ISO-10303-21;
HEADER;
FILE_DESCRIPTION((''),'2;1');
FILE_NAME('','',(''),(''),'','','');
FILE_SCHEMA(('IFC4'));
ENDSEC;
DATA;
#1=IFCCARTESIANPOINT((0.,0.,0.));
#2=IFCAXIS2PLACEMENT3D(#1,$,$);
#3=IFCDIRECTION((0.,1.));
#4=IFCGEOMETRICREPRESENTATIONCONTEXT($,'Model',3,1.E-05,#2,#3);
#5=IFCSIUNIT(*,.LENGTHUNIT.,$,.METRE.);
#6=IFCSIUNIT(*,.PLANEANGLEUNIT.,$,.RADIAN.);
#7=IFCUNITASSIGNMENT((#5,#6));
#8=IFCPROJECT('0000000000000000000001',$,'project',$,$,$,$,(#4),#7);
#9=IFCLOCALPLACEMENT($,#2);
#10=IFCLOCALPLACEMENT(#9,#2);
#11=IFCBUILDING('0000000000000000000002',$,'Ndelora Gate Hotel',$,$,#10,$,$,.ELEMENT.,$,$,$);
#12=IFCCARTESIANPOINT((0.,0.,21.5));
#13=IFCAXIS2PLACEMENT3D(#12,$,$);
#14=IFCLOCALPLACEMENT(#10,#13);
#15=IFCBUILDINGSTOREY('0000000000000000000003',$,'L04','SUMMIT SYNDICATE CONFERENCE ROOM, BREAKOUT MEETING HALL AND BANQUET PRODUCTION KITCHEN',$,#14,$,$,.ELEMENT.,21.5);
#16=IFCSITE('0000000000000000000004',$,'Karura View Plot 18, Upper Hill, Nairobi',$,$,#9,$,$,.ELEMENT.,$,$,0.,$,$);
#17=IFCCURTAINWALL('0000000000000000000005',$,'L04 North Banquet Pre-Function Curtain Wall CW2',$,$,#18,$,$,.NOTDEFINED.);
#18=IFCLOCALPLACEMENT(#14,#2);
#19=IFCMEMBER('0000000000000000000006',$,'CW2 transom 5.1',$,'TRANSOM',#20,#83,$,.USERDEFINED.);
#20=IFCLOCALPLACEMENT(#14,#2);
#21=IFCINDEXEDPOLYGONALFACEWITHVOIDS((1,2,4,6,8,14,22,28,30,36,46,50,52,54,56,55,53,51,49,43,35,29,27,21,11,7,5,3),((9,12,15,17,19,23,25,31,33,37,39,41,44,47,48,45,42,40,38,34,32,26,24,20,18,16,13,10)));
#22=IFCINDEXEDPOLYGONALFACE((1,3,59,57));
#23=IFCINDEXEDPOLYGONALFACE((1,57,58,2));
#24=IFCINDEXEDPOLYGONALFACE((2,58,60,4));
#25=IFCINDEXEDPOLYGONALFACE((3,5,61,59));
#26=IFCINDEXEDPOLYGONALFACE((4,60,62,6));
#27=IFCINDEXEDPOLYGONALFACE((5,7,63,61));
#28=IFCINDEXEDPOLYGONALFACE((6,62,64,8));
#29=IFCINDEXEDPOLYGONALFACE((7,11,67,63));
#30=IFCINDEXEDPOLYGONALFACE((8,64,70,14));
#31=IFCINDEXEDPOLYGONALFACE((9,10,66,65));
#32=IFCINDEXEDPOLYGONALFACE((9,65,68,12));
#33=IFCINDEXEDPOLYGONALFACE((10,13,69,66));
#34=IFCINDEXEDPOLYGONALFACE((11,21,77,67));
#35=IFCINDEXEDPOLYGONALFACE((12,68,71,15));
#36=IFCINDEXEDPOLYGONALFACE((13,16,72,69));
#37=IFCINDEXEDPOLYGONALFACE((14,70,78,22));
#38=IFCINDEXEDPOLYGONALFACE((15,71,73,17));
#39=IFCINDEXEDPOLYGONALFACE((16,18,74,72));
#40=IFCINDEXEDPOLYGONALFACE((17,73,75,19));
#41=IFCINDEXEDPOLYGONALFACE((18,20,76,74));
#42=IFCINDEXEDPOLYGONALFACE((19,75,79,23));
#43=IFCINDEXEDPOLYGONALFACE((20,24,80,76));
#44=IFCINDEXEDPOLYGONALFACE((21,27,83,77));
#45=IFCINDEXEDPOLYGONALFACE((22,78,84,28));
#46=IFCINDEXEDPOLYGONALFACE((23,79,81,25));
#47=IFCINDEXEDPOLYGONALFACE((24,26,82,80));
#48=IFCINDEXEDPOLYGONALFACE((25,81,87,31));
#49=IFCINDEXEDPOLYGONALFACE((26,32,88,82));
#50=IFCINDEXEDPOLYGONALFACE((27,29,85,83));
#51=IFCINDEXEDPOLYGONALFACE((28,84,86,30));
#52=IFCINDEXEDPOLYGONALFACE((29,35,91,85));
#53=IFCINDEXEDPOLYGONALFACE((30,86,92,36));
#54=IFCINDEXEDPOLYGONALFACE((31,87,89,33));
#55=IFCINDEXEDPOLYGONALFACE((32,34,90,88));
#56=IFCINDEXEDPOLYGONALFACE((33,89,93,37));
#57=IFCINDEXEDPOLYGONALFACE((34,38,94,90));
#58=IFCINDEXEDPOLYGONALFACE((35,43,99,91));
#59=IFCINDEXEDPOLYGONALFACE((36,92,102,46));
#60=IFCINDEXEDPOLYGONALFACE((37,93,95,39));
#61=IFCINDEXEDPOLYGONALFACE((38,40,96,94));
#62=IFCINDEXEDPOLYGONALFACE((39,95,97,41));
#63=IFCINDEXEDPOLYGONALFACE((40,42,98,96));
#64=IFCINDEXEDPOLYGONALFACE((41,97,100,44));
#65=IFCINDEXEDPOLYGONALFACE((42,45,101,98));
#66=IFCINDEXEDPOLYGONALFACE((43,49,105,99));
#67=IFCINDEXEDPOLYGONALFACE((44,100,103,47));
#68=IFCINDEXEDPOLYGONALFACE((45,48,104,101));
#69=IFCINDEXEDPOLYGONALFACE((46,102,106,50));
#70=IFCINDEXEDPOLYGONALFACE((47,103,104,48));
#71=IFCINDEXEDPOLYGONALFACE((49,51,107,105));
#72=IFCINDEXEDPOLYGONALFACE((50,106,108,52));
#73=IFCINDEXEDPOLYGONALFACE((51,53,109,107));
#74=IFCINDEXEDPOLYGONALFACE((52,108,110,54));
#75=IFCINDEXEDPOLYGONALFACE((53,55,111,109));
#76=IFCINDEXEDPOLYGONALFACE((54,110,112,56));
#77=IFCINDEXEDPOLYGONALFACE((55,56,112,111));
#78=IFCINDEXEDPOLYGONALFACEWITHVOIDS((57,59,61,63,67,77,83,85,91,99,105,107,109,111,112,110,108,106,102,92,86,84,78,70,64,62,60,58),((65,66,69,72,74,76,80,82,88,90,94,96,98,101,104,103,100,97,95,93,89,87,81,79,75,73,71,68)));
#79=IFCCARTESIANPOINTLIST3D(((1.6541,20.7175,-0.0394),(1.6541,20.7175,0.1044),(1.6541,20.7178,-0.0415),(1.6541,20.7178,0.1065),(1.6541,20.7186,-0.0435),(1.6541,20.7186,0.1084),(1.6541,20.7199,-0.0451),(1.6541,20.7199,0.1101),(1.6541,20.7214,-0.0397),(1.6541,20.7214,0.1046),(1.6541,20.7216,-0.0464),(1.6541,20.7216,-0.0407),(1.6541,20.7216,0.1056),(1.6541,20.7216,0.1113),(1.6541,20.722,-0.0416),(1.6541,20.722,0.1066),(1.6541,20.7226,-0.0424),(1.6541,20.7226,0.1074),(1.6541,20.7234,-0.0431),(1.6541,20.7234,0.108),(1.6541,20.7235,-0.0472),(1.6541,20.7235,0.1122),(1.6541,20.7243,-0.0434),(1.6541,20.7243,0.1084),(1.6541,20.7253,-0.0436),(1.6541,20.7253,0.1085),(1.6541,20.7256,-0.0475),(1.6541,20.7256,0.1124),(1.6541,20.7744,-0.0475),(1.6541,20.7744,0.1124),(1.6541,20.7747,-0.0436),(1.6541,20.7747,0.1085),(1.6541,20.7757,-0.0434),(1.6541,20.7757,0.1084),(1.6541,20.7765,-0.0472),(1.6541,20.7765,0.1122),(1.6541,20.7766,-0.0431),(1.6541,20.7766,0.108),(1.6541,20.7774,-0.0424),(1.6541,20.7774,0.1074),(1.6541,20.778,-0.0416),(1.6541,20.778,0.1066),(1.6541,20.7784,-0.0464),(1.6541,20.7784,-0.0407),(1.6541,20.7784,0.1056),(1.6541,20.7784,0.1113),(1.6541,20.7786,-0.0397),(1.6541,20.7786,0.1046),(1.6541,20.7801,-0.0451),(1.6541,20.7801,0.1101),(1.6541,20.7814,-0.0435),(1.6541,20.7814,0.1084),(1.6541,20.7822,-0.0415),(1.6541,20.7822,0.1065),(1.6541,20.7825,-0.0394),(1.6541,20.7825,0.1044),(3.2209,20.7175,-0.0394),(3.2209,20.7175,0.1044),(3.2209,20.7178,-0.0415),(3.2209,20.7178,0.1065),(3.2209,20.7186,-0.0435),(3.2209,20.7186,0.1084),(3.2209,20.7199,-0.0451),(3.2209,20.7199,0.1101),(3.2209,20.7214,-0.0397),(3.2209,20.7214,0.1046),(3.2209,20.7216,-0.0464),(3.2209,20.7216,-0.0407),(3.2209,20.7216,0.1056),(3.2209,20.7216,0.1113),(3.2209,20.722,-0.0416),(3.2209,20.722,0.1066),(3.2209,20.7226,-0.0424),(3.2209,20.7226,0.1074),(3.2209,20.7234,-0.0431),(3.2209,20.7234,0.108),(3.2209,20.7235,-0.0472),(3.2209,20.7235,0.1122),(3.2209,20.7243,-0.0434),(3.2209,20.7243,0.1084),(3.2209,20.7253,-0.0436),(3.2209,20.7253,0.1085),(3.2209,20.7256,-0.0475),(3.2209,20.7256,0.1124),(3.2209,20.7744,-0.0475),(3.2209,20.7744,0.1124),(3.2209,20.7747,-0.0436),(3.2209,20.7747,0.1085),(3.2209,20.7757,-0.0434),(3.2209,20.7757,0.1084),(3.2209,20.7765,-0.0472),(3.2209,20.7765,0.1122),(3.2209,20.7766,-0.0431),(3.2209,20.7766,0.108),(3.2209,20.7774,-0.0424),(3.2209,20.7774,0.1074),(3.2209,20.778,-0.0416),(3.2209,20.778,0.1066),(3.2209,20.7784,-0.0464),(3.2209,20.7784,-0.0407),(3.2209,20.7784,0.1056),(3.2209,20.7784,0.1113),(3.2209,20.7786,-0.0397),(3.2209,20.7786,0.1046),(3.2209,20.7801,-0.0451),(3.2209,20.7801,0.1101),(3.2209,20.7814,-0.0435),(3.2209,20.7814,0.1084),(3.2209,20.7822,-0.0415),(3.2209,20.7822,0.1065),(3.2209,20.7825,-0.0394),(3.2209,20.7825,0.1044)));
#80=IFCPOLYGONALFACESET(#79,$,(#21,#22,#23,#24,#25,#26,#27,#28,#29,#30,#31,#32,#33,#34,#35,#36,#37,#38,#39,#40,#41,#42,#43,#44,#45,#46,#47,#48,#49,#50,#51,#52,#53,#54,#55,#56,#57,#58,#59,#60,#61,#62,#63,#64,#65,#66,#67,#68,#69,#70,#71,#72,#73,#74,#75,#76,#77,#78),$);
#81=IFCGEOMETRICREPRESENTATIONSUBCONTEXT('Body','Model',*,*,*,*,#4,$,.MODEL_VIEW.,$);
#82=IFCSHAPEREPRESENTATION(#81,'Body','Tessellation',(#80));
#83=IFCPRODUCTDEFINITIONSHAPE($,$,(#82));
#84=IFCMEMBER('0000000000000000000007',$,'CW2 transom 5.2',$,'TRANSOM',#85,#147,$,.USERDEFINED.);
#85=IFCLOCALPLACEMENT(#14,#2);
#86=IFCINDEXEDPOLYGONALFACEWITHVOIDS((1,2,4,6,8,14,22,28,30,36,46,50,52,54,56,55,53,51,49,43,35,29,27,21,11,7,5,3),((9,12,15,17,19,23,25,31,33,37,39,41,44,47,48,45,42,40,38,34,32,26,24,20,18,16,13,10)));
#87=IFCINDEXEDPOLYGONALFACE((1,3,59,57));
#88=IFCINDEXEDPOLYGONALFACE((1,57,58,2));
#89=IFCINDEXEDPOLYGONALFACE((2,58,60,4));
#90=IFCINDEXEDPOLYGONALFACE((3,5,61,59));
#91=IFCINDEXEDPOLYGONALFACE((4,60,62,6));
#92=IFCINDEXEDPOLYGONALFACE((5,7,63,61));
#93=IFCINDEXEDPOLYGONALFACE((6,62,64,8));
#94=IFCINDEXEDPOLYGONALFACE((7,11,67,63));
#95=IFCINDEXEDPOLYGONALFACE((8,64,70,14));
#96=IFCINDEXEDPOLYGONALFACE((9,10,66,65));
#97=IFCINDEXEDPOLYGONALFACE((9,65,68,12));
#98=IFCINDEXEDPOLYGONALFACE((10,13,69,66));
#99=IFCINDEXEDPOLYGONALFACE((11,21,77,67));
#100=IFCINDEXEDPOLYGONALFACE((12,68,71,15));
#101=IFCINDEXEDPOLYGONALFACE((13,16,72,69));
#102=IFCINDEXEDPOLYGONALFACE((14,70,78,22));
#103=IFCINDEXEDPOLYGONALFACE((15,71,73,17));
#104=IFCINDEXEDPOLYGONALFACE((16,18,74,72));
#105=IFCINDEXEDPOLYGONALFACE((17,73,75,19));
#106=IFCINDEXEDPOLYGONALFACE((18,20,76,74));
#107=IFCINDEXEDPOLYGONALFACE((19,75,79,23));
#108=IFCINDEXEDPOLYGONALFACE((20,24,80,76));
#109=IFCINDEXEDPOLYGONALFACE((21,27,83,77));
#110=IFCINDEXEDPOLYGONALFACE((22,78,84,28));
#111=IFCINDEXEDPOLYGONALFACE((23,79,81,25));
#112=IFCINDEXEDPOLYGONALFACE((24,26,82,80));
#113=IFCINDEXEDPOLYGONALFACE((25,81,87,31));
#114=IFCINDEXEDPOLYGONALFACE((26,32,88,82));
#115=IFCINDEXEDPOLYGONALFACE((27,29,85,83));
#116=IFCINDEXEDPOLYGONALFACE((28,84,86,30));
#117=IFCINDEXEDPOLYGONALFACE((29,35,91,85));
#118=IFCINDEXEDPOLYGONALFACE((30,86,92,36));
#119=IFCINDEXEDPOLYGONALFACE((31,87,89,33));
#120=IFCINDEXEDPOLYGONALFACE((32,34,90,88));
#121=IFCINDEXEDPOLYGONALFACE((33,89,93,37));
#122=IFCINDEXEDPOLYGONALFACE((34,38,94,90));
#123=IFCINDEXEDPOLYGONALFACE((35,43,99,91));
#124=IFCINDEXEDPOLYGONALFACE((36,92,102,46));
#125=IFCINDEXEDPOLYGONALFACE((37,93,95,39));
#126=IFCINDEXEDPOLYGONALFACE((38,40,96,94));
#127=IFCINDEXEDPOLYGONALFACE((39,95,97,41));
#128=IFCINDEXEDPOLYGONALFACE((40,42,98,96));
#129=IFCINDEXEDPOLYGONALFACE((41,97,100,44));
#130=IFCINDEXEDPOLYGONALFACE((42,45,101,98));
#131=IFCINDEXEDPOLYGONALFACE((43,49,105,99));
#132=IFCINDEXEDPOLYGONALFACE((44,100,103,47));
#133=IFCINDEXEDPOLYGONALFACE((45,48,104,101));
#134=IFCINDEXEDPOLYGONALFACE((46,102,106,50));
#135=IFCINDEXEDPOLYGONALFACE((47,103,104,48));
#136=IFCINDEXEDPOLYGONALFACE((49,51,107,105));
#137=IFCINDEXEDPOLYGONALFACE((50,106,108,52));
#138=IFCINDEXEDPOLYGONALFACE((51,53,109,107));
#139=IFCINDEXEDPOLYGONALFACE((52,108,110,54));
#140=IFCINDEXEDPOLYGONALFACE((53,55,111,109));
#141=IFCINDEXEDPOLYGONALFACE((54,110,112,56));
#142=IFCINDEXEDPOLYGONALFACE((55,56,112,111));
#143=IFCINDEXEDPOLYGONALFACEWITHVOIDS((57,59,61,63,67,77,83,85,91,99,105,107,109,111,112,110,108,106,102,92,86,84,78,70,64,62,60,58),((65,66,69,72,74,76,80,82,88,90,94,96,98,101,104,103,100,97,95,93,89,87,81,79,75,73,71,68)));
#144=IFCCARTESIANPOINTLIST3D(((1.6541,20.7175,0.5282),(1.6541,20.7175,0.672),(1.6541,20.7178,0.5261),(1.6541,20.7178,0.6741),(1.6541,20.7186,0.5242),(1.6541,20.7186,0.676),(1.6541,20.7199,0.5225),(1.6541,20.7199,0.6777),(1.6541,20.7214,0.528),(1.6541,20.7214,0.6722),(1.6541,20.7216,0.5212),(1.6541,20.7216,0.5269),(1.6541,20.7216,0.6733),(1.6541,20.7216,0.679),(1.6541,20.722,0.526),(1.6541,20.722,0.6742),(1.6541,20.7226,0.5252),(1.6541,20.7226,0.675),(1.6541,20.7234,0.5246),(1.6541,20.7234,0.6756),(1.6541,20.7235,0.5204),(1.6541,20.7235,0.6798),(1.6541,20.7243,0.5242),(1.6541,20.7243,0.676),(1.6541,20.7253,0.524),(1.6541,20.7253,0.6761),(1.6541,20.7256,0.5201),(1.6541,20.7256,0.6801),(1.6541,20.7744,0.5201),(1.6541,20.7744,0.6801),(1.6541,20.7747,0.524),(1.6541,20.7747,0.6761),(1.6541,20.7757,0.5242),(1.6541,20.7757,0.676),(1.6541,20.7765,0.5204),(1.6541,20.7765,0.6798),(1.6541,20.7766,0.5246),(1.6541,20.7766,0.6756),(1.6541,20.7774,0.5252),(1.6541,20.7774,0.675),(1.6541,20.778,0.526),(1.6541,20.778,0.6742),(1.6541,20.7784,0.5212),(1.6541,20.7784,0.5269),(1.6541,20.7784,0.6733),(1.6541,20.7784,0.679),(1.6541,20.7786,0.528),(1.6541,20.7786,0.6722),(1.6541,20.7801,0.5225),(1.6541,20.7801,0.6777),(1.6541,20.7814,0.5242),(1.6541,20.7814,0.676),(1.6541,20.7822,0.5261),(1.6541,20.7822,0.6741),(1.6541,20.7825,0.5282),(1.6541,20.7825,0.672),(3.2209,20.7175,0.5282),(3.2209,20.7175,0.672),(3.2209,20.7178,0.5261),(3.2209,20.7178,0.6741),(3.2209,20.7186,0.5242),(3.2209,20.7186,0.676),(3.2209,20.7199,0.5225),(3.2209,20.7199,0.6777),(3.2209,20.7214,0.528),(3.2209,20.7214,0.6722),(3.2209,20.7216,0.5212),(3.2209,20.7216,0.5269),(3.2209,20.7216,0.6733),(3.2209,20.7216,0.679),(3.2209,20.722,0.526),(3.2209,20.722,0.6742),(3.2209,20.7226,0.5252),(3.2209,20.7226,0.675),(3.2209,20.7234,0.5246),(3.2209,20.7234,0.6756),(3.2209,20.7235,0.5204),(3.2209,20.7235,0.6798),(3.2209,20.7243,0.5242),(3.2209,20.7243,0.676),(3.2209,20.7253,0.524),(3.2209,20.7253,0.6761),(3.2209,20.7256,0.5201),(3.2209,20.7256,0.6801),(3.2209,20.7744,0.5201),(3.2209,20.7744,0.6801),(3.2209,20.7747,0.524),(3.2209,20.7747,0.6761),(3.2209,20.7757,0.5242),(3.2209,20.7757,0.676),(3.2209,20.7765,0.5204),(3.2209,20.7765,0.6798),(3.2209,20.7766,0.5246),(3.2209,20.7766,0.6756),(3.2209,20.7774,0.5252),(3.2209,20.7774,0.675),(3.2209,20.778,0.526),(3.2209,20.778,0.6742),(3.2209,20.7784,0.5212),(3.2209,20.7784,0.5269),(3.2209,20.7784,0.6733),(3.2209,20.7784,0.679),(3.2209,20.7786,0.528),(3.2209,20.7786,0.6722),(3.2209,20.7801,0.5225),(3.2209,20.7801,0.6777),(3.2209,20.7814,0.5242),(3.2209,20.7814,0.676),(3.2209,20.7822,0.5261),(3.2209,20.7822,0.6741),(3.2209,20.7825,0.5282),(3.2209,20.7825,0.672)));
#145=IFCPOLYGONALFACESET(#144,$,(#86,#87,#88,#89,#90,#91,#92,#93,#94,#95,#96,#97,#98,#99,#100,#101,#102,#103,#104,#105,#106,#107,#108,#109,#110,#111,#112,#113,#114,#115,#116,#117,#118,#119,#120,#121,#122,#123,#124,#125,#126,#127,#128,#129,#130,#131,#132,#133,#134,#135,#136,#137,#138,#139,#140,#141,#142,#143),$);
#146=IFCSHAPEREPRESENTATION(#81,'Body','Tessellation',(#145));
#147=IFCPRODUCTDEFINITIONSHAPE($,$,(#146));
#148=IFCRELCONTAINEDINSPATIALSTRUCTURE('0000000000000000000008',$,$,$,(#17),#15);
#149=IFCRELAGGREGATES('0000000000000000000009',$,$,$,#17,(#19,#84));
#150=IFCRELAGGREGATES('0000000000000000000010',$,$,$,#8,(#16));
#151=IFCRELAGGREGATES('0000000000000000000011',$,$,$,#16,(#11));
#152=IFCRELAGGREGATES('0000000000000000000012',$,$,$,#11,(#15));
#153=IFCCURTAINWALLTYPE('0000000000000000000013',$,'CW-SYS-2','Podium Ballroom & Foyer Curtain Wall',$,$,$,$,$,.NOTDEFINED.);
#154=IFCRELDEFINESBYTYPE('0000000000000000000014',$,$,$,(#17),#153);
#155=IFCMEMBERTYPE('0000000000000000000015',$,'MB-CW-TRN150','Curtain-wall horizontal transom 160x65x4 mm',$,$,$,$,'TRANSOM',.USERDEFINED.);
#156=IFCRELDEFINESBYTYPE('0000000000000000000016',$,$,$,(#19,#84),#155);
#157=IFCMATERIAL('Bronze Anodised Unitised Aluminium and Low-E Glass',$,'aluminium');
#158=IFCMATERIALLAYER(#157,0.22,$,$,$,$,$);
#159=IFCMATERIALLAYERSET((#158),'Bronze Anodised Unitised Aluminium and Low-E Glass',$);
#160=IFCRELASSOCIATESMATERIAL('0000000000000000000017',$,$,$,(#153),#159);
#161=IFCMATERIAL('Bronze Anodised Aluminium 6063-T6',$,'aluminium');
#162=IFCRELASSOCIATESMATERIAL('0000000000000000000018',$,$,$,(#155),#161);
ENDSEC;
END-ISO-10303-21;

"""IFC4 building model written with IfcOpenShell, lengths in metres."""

from ifc_helpers import new_model, si_unit, direction, frame, origin, origin_2d, place, context, subcontext, project, spatial, hollow_rectangle, extrude, material, layer, layer_set, material_profile, profile_set, type_object, element, aggregate, save


model = new_model("IFC4")

# Units and contexts
model_context = context("Model", 3, precision=1e-05, world=origin(), true_north=direction((0.0, 1.0)))
body_context = subcontext(model_context, "Body", "Model", "MODEL_VIEW")
ifc_project = project(units=[si_unit("LENGTHUNIT", "METRE"), si_unit("PLANEANGLEUNIT", "RADIAN")], contexts=[model_context])

# Site, building, storey
site_placement = place(None, origin())
site = spatial("IfcSite", under=ifc_project, at=site_placement, Name="Karura View Plot 18, Upper Hill, Nairobi", CompositionType="ELEMENT", RefElevation=0.0)
building_placement = place(site_placement, origin())
building = spatial("IfcBuilding", under=site, at=building_placement, Name="Ndelora Gate Hotel", CompositionType="ELEMENT")
storey_placement = place(building_placement, frame((0.0, 0.0, 21.5)))
storey = spatial("IfcBuildingStorey", under=building, at=storey_placement, Name="L04", Description="SUMMIT SYNDICATE CONFERENCE ROOM, BREAKOUT MEETING HALL AND BANQUET PRODUCTION KITCHEN", CompositionType="ELEMENT", Elevation=21.5)

# Curtain wall, members
ifc_material_1 = material(Name="Bronze Anodised Unitised Aluminium and Low-E Glass", Category="aluminium")
ifc_layer_1 = layer(ifc_material_1, 0.22)
ifc_layer_set_1 = layer_set([ifc_layer_1], Name="Bronze Anodised Unitised Aluminium and Low-E Glass")
curtain_wall_type = type_object("IfcCurtainWallType", Name="CW-SYS-2", Description="Podium Ballroom & Foyer Curtain Wall", PredefinedType="NOTDEFINED", material=ifc_layer_set_1)
curtain_wall_placement = place(storey_placement, origin())
curtain_wall = element("IfcCurtainWall", 1, at=curtain_wall_placement, inside=storey, type_object=curtain_wall_type, Name="L04 North Banquet Pre-Function Curtain Wall CW2", PredefinedType="NOTDEFINED")
ifc_material_2 = material(Name="Bronze Anodised Aluminium 6063-T6", Category="aluminium")
ifc_material_profile_1 = material_profile(ifc_material_2, hollow_rectangle(XDim=0.0649, YDim=0.1599, WallThickness=0.0039, InnerFilletRadius=0.0039, OuterFilletRadius=0.0081, at=origin_2d()), Name="ALU 160x65x4")
ifc_profile_set_1 = profile_set([ifc_material_profile_1], Name="Bronze Anodised Aluminium 6063-T6")
member_type_1 = type_object("IfcMemberType", Name="MB-CW-TRN150", Description="Curtain-wall horizontal transom 160x65x4 mm", ElementType="TRANSOM", PredefinedType="USERDEFINED", material=ifc_profile_set_1)
member_1_placement = place(storey_placement, frame((3.2209, 20.75, 0.0325), z_axis=(-1.0, 0.0, 0.0), x_axis=(0.0, -1.0, 0.0)))
member_1 = element("IfcMember", 2, at=member_1_placement, type_object=member_type_1, Name="CW2 transom 5.1", ObjectType="TRANSOM", PredefinedType="USERDEFINED", context=body_context, shape_type="SweptSolid", body=[
    extrude(hollow_rectangle(XDim=0.0649, YDim=0.1599, WallThickness=0.0039, InnerFilletRadius=0.0039, OuterFilletRadius=0.0081, at=origin_2d()), origin(), (0.0, 0.0, 1.0), 1.5669),
])
member_2_placement = place(storey_placement, frame((3.2209, 20.75, 0.6001), z_axis=(-1.0, 0.0, 0.0), x_axis=(0.0, -1.0, 0.0)))
member_2 = element("IfcMember", 3, at=member_2_placement, type_object=member_type_1, Name="CW2 transom 5.2", ObjectType="TRANSOM", PredefinedType="USERDEFINED", context=body_context, shape_type="SweptSolid", body=[
    extrude(hollow_rectangle(XDim=0.0649, YDim=0.1599, WallThickness=0.0039, InnerFilletRadius=0.0039, OuterFilletRadius=0.0081, at=origin_2d()), origin(), (0.0, 0.0, 1.0), 1.5669),
])
aggregate(curtain_wall, [member_1, member_2])

save(model, "model.ifc")
